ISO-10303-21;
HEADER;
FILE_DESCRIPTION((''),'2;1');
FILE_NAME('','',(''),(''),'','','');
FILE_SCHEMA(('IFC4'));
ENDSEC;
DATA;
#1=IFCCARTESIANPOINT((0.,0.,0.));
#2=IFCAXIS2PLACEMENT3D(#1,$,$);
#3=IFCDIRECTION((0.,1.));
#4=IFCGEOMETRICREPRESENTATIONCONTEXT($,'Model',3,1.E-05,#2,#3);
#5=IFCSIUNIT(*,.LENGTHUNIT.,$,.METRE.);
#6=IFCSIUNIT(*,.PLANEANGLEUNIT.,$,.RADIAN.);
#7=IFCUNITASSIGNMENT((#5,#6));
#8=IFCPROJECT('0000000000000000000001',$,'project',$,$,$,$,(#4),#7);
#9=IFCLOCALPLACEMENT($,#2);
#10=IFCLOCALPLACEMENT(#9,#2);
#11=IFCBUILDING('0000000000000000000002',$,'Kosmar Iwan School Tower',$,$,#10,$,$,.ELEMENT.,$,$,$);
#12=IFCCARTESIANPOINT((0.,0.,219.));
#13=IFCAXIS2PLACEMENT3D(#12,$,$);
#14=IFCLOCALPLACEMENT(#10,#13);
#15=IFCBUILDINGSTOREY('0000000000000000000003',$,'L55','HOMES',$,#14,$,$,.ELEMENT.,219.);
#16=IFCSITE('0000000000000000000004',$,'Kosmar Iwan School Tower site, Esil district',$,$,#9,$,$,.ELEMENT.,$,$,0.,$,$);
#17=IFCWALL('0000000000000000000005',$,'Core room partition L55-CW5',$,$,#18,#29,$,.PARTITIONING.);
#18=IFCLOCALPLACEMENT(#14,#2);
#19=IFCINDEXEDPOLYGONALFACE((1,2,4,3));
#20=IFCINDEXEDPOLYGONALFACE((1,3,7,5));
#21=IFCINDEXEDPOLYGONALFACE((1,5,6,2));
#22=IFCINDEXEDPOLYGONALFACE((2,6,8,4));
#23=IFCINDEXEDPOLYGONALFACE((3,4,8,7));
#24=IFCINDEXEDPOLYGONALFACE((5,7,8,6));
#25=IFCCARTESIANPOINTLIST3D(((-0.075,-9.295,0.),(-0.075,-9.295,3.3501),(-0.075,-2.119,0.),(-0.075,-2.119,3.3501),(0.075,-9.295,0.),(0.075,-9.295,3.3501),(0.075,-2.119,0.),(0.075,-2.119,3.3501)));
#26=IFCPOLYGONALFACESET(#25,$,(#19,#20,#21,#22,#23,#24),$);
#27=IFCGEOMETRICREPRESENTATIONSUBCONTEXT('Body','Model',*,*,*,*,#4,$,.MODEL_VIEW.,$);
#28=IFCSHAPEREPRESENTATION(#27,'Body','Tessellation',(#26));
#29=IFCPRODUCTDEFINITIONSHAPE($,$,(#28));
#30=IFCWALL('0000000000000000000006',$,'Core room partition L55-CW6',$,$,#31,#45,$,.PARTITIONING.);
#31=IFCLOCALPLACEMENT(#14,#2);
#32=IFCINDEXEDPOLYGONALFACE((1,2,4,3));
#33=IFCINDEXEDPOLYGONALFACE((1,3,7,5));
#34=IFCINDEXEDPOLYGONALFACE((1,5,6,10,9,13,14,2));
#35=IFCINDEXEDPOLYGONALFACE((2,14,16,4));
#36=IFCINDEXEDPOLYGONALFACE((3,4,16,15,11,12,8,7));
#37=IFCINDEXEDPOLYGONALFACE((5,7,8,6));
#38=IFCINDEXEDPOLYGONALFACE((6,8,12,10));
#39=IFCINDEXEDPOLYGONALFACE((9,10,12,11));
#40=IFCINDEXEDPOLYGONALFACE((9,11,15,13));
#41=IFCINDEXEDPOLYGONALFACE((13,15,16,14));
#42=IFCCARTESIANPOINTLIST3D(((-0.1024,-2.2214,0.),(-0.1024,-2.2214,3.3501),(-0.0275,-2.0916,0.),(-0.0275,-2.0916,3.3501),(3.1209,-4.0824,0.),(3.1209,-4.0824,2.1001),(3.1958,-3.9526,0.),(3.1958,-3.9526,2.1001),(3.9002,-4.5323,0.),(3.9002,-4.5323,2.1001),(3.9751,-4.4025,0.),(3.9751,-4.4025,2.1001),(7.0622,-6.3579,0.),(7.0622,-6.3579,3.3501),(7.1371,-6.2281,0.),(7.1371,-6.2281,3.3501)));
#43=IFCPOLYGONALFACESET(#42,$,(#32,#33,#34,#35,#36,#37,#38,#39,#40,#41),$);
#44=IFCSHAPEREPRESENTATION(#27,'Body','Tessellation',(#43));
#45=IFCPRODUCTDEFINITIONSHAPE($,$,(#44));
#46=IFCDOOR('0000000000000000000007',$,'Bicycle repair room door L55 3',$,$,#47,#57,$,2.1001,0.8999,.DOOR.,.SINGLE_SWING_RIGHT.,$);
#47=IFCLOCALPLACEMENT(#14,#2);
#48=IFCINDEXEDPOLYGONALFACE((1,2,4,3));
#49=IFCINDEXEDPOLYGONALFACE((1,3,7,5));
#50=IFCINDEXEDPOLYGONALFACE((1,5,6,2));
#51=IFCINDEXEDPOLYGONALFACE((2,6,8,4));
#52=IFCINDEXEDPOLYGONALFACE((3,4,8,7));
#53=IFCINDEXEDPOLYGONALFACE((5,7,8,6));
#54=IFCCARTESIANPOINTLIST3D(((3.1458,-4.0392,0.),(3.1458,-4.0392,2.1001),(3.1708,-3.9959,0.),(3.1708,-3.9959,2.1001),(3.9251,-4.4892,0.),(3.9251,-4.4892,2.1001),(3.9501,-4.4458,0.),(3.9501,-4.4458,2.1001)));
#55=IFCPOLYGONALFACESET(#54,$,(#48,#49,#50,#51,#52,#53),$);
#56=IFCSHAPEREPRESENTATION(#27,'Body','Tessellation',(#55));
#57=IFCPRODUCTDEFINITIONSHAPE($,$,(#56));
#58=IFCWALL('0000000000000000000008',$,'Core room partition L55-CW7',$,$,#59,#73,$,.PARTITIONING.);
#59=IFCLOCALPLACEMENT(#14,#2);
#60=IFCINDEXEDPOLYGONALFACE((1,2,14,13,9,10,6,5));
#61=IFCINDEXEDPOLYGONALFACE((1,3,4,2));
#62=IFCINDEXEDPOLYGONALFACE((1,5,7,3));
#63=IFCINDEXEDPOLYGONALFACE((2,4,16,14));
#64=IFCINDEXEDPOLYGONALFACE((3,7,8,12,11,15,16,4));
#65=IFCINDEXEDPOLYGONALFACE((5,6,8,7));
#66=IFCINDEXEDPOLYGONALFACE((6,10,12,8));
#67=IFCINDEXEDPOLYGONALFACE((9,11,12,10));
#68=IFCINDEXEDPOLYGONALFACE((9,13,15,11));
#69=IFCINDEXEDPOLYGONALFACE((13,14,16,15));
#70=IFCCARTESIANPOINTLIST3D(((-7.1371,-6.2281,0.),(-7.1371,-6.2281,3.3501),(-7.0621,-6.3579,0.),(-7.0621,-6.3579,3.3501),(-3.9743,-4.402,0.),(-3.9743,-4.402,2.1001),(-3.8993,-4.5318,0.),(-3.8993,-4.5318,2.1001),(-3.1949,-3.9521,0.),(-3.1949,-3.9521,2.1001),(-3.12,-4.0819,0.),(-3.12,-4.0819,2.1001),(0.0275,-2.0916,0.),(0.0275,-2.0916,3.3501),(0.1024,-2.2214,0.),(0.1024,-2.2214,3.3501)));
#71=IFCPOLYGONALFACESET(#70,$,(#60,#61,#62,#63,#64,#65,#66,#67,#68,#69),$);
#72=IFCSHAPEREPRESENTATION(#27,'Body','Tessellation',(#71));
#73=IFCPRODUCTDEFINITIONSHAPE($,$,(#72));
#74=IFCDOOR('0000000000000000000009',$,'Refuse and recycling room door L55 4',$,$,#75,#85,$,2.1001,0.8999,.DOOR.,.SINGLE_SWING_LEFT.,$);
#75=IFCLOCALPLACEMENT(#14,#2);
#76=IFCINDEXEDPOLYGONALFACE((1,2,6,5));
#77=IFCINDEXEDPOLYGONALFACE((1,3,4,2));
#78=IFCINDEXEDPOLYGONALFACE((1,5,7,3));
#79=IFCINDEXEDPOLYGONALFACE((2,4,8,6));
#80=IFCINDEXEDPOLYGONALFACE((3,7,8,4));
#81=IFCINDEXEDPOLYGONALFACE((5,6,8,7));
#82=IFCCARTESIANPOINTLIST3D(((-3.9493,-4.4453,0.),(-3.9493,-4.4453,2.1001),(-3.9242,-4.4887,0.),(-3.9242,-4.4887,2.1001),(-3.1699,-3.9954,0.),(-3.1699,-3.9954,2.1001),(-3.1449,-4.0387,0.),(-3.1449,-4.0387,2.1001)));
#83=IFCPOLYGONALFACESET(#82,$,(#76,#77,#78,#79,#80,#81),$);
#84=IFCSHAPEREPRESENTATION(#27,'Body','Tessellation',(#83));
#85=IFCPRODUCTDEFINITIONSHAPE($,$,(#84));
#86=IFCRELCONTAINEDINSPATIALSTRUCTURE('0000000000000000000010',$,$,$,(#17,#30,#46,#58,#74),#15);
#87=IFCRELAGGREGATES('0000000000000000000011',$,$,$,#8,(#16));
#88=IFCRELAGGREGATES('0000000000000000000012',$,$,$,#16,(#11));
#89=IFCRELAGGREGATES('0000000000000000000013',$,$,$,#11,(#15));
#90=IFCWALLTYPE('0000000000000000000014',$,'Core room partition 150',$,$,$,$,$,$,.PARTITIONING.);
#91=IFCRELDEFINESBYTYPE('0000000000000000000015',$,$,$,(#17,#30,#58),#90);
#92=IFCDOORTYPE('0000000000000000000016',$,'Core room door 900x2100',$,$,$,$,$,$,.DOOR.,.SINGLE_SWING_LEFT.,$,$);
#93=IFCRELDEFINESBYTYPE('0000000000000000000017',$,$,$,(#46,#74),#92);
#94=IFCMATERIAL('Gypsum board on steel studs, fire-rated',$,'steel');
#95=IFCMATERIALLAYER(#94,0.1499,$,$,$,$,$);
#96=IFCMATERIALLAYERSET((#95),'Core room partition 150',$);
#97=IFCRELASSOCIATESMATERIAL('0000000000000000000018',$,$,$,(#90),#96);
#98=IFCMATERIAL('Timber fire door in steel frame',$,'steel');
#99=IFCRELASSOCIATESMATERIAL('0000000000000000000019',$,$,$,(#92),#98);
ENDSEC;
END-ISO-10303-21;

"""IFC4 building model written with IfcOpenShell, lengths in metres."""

from ifc_helpers import new_model, si_unit, direction, frame, frame_2d, origin, place, context, subcontext, project, spatial, rectangle, extrude, material, layer, layer_set, type_object, element, fill, save


model = new_model("IFC4")

# Units and contexts
model_context = context("Model", 3, precision=1e-05, world=origin(), true_north=direction((0.0, 1.0)))
body_context = subcontext(model_context, "Body", "Model", "MODEL_VIEW")
ifc_project = project(units=[si_unit("LENGTHUNIT", "METRE"), si_unit("PLANEANGLEUNIT", "RADIAN")], contexts=[model_context])

# Site, building, storey
site_placement = place(None, origin())
site = spatial("IfcSite", under=ifc_project, at=site_placement, Name="Kosmar Iwan School Tower site, Esil district", CompositionType="ELEMENT", RefElevation=0.0)
building_placement = place(site_placement, origin())
building = spatial("IfcBuilding", under=site, at=building_placement, Name="Kosmar Iwan School Tower", CompositionType="ELEMENT")
storey_placement = place(building_placement, frame((0.0, 0.0, 219.0)))
storey = spatial("IfcBuildingStorey", under=building, at=storey_placement, Name="L55", Description="HOMES", CompositionType="ELEMENT", Elevation=219.0)

# Wall
ifc_material_1 = material(Name="Gypsum board on steel studs, fire-rated", Category="steel")
ifc_layer_1 = layer(ifc_material_1, 0.1499)
ifc_layer_set_1 = layer_set([ifc_layer_1], Name="Core room partition 150")
wall_type_1 = type_object("IfcWallType", Name="Core room partition 150", PredefinedType="PARTITIONING", material=ifc_layer_set_1)
wall_1_placement = place(storey_placement, frame((0.0, -9.2949, 0.0), z_axis=(0.0, 0.0, 1.0), x_axis=(0.0, 1.0, 0.0)))
element("IfcWall", 1, at=wall_1_placement, inside=storey, type_object=wall_type_1, Name="Core room partition L55-CW5", PredefinedType="PARTITIONING", context=body_context, shape_type="SweptSolid", body=[
    extrude(rectangle(XDim=7.176, YDim=0.1499, at=frame_2d((3.5879, 0.0))), origin(), (0.0, 0.0, 1.0), 3.3501),
])

# Walls, openings, doors
wall_2_placement = place(storey_placement, frame((-0.0649, -2.1565, 0.0), z_axis=(0.0, 0.0, 1.0), x_axis=(0.866024, -0.500002, 0.0)))
wall_2 = element("IfcWall", 2, at=wall_2_placement, inside=storey, type_object=wall_type_1, Name="Core room partition L55-CW6", PredefinedType="PARTITIONING", context=body_context, shape_type="SweptSolid", body=[
    extrude(rectangle(XDim=8.2729, YDim=0.1499, at=frame_2d((4.1365, 0.0))), origin(), (0.0, 0.0, 1.0), 3.3501),
])
opening_1_placement = place(wall_2_placement, frame((3.7219, 0.0, 0.0)))
opening_1 = element("IfcOpeningElement", 3, at=opening_1_placement, cuts=wall_2, PredefinedType="OPENING", context=body_context, shape_type="SweptSolid", body=[
    extrude(rectangle(XDim=0.8999, YDim=2.1001, at=frame_2d((0.45, 1.05))), frame((0.0, 0.0869, 0.0), z_axis=(0.0, -1.0, 0.0), x_axis=(1.0, 0.0, 0.0)), (0.0, 0.0, 1.0), 0.1738),
])
ifc_material_2 = material(Name="Timber fire door in steel frame", Category="steel")
door_type_1 = type_object("IfcDoorType", Name="Core room door 900x2100", OperationType="SINGLE_SWING_LEFT", PredefinedType="DOOR", material=ifc_material_2)
door_1_placement = place(opening_1_placement, origin())
door_1 = element("IfcDoor", 4, at=door_1_placement, inside=storey, type_object=door_type_1, Name="Bicycle repair room door L55 3", OperationType="SINGLE_SWING_RIGHT", OverallHeight=2.1001, OverallWidth=0.8999, PredefinedType="DOOR", context=body_context, shape_type="SweptSolid", body=[
    extrude(rectangle(XDim=0.8999, YDim=2.1001, at=frame_2d((0.45, 1.05))), frame((0.0, 0.0249, 0.0), z_axis=(0.0, -1.0, 0.0), x_axis=(1.0, 0.0, 0.0)), (0.0, 0.0, 1.0), 0.05),
])
fill(opening_1, door_1)
wall_3_placement = place(storey_placement, frame((-7.0996, -6.293, 0.0), z_axis=(0.0, 0.0, 1.0), x_axis=(0.866024, 0.500002, 0.0)))
wall_3 = element("IfcWall", 5, at=wall_3_placement, inside=storey, type_object=wall_type_1, Name="Core room partition L55-CW7", PredefinedType="PARTITIONING", context=body_context, shape_type="SweptSolid", body=[
    extrude(rectangle(XDim=8.2729, YDim=0.1499, at=frame_2d((4.1365, 0.0))), origin(), (0.0, 0.0, 1.0), 3.3501),
])
opening_2_placement = place(wall_3_placement, frame((3.6521, 0.0, 0.0)))
opening_2 = element("IfcOpeningElement", 6, at=opening_2_placement, cuts=wall_3, PredefinedType="OPENING", context=body_context, shape_type="SweptSolid", body=[
    extrude(rectangle(XDim=0.8999, YDim=2.1001, at=frame_2d((0.45, 1.05))), frame((0.0, 0.0869, 0.0), z_axis=(0.0, -1.0, 0.0), x_axis=(1.0, 0.0, 0.0)), (0.0, 0.0, 1.0), 0.1738),
])
door_2_placement = place(opening_2_placement, origin())
door_2 = element("IfcDoor", 7, at=door_2_placement, inside=storey, type_object=door_type_1, Name="Refuse and recycling room door L55 4", OperationType="SINGLE_SWING_LEFT", OverallHeight=2.1001, OverallWidth=0.8999, PredefinedType="DOOR", context=body_context, shape_type="SweptSolid", body=[
    extrude(rectangle(XDim=0.8999, YDim=2.1001, at=frame_2d((0.45, 1.05))), frame((0.0, 0.0249, 0.0), z_axis=(0.0, -1.0, 0.0), x_axis=(1.0, 0.0, 0.0)), (0.0, 0.0, 1.0), 0.05),
])
fill(opening_2, door_2)

save(model, "model.ifc")
